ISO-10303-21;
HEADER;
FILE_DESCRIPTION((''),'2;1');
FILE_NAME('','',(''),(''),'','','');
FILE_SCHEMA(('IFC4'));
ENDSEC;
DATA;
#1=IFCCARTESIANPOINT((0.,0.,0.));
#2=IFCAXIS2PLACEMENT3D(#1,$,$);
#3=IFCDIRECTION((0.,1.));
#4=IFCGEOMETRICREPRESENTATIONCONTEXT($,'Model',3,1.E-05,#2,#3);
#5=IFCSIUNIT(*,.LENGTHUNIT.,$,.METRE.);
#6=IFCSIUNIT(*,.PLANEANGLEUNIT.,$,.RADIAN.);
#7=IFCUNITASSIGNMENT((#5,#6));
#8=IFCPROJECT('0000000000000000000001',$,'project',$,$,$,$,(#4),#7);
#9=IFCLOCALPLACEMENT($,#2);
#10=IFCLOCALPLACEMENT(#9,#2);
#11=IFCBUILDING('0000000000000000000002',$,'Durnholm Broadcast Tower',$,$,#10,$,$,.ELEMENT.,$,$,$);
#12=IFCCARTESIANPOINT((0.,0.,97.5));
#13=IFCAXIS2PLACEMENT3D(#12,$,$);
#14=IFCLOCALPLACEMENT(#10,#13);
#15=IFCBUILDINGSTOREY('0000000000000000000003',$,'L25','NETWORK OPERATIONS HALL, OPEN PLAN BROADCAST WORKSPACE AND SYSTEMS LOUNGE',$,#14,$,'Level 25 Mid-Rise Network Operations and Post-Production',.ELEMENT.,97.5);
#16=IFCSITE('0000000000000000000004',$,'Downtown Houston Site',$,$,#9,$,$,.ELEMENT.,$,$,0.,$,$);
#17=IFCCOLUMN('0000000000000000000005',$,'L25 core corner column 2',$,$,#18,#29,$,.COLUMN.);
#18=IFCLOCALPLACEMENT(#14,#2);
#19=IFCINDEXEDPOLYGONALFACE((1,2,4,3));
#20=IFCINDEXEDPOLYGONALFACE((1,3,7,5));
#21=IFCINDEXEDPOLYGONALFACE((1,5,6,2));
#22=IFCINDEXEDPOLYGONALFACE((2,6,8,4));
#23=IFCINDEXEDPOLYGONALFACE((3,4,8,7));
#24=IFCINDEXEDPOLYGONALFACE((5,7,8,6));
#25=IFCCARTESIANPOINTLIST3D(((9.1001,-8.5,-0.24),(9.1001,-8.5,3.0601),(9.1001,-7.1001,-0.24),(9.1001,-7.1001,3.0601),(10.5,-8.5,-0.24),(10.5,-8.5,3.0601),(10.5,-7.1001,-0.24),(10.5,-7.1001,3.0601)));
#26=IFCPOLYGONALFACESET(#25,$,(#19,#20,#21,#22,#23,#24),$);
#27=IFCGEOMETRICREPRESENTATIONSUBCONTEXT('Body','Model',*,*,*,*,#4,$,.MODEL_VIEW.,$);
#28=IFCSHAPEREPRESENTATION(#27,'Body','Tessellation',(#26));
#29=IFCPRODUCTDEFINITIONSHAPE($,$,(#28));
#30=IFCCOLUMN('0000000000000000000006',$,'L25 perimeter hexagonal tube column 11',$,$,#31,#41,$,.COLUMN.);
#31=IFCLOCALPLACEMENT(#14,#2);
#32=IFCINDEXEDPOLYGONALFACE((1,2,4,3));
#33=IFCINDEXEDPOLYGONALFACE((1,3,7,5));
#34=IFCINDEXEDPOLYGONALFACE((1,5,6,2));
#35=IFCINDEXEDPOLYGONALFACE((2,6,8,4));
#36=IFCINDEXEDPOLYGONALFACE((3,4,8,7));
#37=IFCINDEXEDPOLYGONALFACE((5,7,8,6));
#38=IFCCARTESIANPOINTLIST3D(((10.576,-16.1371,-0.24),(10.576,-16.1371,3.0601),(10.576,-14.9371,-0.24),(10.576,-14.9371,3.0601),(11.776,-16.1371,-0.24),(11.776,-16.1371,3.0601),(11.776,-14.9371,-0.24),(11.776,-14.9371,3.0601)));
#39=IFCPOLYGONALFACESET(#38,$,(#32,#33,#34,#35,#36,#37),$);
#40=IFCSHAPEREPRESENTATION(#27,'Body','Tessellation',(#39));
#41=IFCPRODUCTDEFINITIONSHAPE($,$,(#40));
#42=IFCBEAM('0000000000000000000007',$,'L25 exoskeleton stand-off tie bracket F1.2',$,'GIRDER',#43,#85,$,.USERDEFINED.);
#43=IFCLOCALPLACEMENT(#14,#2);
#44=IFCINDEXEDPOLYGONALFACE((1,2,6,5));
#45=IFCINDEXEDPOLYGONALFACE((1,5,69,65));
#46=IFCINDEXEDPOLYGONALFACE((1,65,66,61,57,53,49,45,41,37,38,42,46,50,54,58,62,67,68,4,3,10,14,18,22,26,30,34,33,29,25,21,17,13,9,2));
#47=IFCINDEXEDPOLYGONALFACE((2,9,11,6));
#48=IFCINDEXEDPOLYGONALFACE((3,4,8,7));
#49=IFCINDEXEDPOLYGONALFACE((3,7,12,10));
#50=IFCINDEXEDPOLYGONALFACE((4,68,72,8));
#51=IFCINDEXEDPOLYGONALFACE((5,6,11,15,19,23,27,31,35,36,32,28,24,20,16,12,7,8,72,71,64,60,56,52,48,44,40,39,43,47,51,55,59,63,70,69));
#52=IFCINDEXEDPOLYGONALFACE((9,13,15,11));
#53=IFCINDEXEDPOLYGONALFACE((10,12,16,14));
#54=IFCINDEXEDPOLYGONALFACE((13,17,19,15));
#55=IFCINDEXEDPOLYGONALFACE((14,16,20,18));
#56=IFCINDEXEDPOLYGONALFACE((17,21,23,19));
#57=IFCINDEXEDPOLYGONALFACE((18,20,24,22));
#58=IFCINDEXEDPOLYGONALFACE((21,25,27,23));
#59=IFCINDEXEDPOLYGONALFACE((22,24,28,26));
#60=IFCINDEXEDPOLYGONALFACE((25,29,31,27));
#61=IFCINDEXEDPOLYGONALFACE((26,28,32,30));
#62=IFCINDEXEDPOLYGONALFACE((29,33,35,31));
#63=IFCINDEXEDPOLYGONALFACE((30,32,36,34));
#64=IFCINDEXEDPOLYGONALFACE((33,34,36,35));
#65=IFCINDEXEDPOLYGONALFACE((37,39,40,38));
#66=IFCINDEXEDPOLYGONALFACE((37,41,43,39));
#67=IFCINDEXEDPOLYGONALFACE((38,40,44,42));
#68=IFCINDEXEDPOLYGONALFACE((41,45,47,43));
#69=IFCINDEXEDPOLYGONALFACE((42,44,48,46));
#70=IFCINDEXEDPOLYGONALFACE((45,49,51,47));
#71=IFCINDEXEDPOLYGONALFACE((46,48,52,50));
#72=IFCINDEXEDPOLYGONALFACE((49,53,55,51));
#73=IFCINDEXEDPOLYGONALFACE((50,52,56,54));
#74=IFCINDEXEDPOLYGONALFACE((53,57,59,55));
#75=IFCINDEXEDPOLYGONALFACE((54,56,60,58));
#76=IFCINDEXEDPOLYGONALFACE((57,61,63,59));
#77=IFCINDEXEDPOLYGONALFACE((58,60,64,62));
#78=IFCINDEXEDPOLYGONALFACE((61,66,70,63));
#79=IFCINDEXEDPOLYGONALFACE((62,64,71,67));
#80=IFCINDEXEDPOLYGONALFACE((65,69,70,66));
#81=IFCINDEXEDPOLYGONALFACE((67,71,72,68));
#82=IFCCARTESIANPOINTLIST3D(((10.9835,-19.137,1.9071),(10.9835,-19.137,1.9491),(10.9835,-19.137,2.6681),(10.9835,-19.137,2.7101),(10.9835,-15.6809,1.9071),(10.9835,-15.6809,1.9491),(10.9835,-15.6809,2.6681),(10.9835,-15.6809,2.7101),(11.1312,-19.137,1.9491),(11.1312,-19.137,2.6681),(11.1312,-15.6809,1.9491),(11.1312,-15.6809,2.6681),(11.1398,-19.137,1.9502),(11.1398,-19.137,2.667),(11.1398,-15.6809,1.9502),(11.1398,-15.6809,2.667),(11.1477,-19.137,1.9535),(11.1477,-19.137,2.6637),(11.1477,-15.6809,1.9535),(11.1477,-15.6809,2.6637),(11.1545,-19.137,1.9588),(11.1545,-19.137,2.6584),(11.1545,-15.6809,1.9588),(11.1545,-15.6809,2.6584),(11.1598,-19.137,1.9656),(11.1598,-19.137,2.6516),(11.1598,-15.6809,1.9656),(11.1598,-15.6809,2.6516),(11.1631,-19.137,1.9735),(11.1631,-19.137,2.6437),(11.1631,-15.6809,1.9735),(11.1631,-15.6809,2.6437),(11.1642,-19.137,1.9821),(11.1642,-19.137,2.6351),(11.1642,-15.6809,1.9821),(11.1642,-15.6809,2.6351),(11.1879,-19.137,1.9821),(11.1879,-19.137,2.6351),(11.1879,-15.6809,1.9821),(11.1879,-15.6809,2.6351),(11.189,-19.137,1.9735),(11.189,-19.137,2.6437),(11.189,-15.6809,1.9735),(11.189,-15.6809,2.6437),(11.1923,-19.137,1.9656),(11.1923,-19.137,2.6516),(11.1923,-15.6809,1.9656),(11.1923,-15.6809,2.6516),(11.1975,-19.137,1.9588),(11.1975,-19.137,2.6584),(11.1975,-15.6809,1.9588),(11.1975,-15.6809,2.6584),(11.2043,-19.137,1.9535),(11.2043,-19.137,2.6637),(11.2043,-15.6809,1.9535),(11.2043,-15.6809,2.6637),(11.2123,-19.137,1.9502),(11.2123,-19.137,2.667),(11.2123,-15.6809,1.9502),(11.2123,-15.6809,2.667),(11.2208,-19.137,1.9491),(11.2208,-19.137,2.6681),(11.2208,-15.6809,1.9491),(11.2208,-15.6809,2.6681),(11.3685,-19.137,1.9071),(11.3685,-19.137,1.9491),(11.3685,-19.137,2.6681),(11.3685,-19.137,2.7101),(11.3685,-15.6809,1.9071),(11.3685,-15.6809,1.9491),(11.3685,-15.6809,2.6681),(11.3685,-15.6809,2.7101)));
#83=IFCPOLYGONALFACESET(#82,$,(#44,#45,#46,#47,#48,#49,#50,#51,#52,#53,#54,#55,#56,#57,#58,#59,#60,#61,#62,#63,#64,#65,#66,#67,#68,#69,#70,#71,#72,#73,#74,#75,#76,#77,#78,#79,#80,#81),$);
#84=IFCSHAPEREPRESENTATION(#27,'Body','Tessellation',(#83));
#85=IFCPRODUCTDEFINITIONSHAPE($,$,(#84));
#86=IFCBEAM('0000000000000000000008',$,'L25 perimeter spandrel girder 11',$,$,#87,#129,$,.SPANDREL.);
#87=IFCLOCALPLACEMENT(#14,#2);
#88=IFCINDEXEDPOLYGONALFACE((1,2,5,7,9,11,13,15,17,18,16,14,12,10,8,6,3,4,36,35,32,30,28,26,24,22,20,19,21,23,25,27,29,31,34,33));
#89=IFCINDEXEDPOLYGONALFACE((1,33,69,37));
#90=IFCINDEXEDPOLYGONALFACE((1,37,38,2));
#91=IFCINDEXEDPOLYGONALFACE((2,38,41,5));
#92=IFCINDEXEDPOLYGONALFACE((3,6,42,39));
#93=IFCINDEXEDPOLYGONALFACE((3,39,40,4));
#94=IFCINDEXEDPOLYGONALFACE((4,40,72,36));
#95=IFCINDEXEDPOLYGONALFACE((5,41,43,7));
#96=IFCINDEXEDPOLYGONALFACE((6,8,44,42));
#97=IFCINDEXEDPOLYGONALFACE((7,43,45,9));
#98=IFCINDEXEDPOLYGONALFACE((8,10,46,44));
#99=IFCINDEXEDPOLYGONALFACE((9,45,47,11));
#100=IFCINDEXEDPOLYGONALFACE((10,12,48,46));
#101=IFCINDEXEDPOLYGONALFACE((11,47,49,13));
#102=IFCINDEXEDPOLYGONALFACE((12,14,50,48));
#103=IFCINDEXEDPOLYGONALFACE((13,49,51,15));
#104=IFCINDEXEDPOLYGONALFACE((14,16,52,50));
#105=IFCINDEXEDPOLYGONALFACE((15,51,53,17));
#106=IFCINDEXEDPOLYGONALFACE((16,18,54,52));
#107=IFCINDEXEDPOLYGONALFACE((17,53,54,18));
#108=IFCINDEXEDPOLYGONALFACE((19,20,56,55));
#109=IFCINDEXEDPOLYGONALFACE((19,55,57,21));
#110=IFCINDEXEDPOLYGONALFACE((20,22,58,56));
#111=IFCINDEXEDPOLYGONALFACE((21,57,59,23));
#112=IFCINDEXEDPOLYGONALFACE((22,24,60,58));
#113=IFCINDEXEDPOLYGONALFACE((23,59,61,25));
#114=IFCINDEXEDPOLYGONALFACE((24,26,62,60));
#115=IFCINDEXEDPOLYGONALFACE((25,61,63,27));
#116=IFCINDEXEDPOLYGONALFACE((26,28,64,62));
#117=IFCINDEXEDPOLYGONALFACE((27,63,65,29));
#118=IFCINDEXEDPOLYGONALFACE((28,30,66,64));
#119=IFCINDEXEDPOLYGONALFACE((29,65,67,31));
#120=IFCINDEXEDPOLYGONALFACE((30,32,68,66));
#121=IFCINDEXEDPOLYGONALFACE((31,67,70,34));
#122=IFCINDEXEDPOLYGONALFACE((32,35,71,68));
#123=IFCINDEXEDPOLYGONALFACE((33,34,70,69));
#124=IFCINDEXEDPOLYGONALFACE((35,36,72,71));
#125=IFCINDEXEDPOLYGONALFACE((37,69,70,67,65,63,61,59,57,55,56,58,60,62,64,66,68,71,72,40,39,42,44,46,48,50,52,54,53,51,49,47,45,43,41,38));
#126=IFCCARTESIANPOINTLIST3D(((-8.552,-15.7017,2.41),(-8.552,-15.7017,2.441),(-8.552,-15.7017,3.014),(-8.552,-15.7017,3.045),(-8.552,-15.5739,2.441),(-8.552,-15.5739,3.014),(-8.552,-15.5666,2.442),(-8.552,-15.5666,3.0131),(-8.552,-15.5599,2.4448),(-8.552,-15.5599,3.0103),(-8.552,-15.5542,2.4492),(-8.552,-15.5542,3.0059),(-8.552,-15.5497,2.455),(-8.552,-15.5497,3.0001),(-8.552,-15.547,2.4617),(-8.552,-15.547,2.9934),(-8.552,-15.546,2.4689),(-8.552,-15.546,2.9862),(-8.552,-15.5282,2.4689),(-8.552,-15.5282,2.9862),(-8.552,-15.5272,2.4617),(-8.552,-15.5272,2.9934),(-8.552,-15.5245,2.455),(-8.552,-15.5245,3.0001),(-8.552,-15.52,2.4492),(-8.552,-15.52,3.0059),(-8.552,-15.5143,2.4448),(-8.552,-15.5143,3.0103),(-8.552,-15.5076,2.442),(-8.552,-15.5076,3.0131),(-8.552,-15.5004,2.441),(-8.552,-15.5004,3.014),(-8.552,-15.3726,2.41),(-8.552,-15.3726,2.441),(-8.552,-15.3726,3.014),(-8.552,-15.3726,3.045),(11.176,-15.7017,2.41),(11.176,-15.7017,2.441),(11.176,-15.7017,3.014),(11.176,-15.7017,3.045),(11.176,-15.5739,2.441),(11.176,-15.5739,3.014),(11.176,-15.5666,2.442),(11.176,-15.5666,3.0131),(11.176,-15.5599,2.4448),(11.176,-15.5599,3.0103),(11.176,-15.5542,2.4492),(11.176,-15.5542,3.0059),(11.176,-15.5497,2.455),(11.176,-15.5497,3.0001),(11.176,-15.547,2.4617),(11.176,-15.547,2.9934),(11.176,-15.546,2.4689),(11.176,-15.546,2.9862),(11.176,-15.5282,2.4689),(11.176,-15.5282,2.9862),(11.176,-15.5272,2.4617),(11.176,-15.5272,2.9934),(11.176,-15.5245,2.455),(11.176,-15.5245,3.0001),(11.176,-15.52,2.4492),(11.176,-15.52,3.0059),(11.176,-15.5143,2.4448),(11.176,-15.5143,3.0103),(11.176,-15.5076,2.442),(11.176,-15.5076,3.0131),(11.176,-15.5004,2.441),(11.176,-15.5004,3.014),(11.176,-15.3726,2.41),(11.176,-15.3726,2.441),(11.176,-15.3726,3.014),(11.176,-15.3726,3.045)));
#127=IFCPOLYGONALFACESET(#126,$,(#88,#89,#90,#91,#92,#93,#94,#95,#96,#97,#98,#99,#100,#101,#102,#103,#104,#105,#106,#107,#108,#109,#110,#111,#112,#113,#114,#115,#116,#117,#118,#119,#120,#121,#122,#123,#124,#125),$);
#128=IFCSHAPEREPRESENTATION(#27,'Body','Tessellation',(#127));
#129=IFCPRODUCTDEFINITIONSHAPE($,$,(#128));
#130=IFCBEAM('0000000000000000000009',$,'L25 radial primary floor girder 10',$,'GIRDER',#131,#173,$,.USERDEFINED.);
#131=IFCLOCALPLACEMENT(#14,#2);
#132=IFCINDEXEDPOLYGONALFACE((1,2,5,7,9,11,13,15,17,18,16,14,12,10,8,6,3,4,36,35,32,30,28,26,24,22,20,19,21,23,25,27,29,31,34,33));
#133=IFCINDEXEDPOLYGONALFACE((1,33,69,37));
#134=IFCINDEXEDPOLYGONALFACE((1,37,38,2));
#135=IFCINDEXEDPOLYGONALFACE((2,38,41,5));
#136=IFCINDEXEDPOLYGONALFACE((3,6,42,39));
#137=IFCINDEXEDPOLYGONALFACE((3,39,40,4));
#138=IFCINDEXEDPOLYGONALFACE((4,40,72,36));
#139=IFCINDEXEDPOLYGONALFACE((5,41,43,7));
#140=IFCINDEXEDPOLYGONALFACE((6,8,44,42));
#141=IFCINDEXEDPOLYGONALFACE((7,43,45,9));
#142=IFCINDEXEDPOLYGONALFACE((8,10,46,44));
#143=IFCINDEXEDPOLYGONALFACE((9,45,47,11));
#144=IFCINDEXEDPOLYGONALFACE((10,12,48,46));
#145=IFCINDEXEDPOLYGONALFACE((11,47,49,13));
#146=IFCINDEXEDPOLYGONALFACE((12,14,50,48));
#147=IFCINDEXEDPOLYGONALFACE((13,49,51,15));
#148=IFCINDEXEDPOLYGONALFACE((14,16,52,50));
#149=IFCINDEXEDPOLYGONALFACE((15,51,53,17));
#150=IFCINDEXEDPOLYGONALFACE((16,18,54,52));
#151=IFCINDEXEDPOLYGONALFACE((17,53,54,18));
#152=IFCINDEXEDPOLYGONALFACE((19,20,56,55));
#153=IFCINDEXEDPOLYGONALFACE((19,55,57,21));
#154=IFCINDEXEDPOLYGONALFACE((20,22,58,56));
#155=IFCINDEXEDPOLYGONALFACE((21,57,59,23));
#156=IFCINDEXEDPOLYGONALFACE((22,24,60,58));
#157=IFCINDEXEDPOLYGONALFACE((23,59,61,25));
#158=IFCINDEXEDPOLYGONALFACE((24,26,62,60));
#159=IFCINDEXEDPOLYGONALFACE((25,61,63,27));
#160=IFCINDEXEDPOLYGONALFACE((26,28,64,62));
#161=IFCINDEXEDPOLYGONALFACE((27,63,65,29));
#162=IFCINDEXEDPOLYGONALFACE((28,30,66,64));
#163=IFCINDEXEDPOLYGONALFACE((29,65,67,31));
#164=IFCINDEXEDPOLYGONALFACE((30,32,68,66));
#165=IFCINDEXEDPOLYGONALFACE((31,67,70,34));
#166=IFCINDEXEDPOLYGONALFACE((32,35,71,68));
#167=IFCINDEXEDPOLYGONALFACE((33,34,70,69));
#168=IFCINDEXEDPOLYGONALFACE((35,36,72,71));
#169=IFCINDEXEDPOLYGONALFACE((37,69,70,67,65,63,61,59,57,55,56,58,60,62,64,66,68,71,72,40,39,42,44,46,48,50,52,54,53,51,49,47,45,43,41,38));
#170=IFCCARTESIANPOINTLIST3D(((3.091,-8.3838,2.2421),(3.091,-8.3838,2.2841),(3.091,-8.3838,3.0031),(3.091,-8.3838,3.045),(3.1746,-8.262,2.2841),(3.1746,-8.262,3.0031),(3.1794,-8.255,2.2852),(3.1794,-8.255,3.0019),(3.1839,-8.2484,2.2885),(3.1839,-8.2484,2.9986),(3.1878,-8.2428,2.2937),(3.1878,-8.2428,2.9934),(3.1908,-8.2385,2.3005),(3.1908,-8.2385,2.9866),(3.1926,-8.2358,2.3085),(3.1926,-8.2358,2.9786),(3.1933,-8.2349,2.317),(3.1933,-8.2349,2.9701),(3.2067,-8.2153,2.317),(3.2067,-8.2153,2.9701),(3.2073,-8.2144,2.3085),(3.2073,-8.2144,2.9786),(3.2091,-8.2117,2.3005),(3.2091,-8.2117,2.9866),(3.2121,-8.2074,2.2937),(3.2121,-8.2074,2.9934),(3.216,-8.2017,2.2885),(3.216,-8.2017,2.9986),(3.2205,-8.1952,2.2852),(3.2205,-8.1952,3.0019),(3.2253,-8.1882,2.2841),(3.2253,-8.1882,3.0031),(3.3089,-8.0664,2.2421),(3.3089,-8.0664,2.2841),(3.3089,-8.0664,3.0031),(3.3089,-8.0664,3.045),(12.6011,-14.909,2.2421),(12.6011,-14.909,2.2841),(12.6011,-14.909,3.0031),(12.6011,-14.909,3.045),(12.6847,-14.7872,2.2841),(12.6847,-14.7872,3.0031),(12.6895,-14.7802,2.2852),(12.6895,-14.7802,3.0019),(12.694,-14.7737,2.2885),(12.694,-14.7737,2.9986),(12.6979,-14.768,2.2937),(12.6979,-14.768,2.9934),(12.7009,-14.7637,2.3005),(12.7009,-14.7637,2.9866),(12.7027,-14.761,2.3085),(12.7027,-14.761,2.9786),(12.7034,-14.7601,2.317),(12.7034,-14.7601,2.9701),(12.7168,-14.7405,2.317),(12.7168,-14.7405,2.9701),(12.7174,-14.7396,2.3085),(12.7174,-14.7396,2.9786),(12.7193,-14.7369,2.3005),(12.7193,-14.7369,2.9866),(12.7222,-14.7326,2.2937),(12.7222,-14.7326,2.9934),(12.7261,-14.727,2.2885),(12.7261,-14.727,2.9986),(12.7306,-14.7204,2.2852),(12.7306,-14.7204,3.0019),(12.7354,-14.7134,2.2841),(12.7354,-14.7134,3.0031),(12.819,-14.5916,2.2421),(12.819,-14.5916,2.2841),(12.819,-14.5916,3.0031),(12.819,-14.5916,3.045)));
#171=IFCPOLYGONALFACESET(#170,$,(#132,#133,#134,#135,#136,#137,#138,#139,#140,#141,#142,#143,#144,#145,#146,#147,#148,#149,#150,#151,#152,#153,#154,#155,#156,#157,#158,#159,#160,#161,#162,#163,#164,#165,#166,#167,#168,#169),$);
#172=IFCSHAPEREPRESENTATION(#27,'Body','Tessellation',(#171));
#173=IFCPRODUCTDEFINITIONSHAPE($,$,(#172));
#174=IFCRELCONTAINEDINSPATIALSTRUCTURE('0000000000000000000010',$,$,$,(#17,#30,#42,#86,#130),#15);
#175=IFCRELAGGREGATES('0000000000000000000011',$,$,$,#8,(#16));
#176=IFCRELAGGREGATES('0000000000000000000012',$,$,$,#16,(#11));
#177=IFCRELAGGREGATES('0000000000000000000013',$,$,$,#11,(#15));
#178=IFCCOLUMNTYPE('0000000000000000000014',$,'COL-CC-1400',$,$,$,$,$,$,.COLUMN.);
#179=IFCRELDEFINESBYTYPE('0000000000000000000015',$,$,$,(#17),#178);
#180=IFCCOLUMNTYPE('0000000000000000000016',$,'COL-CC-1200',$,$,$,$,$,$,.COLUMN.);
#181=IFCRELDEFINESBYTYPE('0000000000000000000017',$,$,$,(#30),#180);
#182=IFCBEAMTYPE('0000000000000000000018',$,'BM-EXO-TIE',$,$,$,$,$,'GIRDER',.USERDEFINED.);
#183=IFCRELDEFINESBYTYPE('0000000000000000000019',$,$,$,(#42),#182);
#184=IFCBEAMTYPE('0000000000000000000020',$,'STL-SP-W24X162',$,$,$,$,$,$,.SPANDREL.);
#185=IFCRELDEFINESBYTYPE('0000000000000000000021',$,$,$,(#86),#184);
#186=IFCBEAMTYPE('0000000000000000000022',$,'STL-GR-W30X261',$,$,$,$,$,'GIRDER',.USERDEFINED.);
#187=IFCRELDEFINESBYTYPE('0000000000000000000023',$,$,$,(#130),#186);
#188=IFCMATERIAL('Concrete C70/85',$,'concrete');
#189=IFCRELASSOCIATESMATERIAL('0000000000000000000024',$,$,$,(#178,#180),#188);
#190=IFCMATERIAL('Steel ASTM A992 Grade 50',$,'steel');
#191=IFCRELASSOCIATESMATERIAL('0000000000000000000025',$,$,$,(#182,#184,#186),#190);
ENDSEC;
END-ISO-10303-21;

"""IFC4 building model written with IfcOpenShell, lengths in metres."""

from ifc_helpers import new_model, si_unit, direction, frame, origin, origin_2d, place, context, subcontext, project, spatial, rectangle, i_section, extrude, source, transform, mapped, material, material_profile, profile_set, type_object, type_shapes, element, save


model = new_model("IFC4")

# Units and contexts
model_context = context("Model", 3, precision=1e-05, world=origin(), true_north=direction((0.0, 1.0)))
body_context = subcontext(model_context, "Body", "Model", "MODEL_VIEW")
ifc_project = project(units=[si_unit("LENGTHUNIT", "METRE"), si_unit("PLANEANGLEUNIT", "RADIAN")], contexts=[model_context])

# Site, building, storey
site_placement = place(None, origin())
site = spatial("IfcSite", under=ifc_project, at=site_placement, Name="Downtown Houston Site", CompositionType="ELEMENT", RefElevation=0.0)
building_placement = place(site_placement, origin())
building = spatial("IfcBuilding", under=site, at=building_placement, Name="Durnholm Broadcast Tower", CompositionType="ELEMENT")
storey_placement = place(building_placement, frame((0.0, 0.0, 97.5)))
storey = spatial("IfcBuildingStorey", under=building, at=storey_placement, Name="L25", Description="NETWORK OPERATIONS HALL, OPEN PLAN BROADCAST WORKSPACE AND SYSTEMS LOUNGE", LongName="Level 25 Mid-Rise Network Operations and Post-Production", CompositionType="ELEMENT", Elevation=97.5)

# Columns
ifc_material_1 = material(Name="Concrete C70/85", Category="concrete")
ifc_material_profile_1 = material_profile(ifc_material_1, rectangle(XDim=1.3999, YDim=1.3999, at=origin_2d()), Name="RC1400X1400")
ifc_profile_set_1 = profile_set([ifc_material_profile_1], Name="Concrete C70/85")
column_type_1 = type_object("IfcColumnType", Name="COL-CC-1400", PredefinedType="COLUMN", material=ifc_profile_set_1)
shared_shape_1 = source(origin(), body_context, "Body", "SweptSolid", [
    extrude(rectangle(XDim=1.3999, YDim=1.3999, at=origin_2d()), origin(), (0.0, 0.0, 1.0), 3.3),
])
type_shapes(column_type_1, [shared_shape_1])
column_1_placement = place(storey_placement, frame((9.8, -7.8, -0.24), z_axis=(0.0, 0.0, 1.0), x_axis=(1.0, 0.0, 0.0)))
element("IfcColumn", 1, at=column_1_placement, inside=storey, type_object=column_type_1, Name="L25 core corner column 2", PredefinedType="COLUMN", context=body_context, shape_type="MappedRepresentation", body=[
    mapped(shared_shape_1, transform((0.0, 0.0, 0.0), x_axis=(1.0, 0.0, 0.0), y_axis=(0.0, 1.0, 0.0), z_axis=(0.0, 0.0, 1.0), scale=1.0)),
])
ifc_material_profile_2 = material_profile(ifc_material_1, rectangle(XDim=1.2, YDim=1.2, at=origin_2d()), Name="RC1200X1200")
ifc_profile_set_2 = profile_set([ifc_material_profile_2], Name="Concrete C70/85")
column_type_2 = type_object("IfcColumnType", Name="COL-CC-1200", PredefinedType="COLUMN", material=ifc_profile_set_2)
shared_shape_2 = source(origin(), body_context, "Body", "SweptSolid", [
    extrude(rectangle(XDim=1.2, YDim=1.2, at=origin_2d()), origin(), (0.0, 0.0, 1.0), 3.3),
])
type_shapes(column_type_2, [shared_shape_2])
column_2_placement = place(storey_placement, frame((11.176, -15.5371, -0.24), z_axis=(0.0, 0.0, 1.0), x_axis=(1.0, 0.0, 0.0)))
element("IfcColumn", 2, at=column_2_placement, inside=storey, type_object=column_type_2, Name="L25 perimeter hexagonal tube column 11", PredefinedType="COLUMN", context=body_context, shape_type="MappedRepresentation", body=[
    mapped(shared_shape_2, transform((0.0, 0.0, 0.0), x_axis=(1.0, 0.0, 0.0), y_axis=(0.0, 1.0, 0.0), z_axis=(0.0, 0.0, 1.0), scale=1.0)),
])

# Beams
ifc_material_2 = material(Name="Steel ASTM A992 Grade 50", Category="steel")
ifc_material_profile_3 = material_profile(ifc_material_2, i_section(OverallWidth=0.385, OverallDepth=0.803, WebThickness=0.0237, FlangeThickness=0.042, FilletRadius=0.033, at=origin_2d()), Name="W30X261")
ifc_profile_set_3 = profile_set([ifc_material_profile_3], Name="Steel ASTM A992 Grade 50")
beam_type_1 = type_object("IfcBeamType", Name="BM-EXO-TIE", ElementType="GIRDER", PredefinedType="USERDEFINED", material=ifc_profile_set_3)
shared_shape_3 = source(origin(), body_context, "Body", "SweptSolid", [
    extrude(i_section(OverallWidth=0.385, OverallDepth=0.803, WebThickness=0.0237, FlangeThickness=0.042, FilletRadius=0.033, at=origin_2d()), origin(), (0.0, 0.0, 1.0), 3.4561),
])
type_shapes(beam_type_1, [shared_shape_3])
beam_1_placement = place(storey_placement, frame((11.176, -15.6809, 2.3086), z_axis=(0.0, -1.0, 0.0), x_axis=(1.0, 0.0, 0.0)))
element("IfcBeam", 3, at=beam_1_placement, inside=storey, type_object=beam_type_1, Name="L25 exoskeleton stand-off tie bracket F1.2", ObjectType="GIRDER", PredefinedType="USERDEFINED", context=body_context, shape_type="MappedRepresentation", body=[
    mapped(shared_shape_3, transform((0.0, 0.0, 0.0), x_axis=(1.0, 0.0, 0.0), y_axis=(0.0, 1.0, 0.0), z_axis=(0.0, 0.0, 1.0), scale=1.0)),
])
ifc_material_profile_4 = material_profile(ifc_material_2, i_section(OverallWidth=0.3291, OverallDepth=0.635, WebThickness=0.0178, FlangeThickness=0.031, FilletRadius=0.0278, at=origin_2d()), Name="W24X162")
ifc_profile_set_4 = profile_set([ifc_material_profile_4], Name="Steel ASTM A992 Grade 50")
beam_type_2 = type_object("IfcBeamType", Name="STL-SP-W24X162", PredefinedType="SPANDREL", material=ifc_profile_set_4)
shared_shape_4 = source(origin(), body_context, "Body", "SweptSolid", [
    extrude(i_section(OverallWidth=0.3291, OverallDepth=0.635, WebThickness=0.0178, FlangeThickness=0.031, FilletRadius=0.0278, at=origin_2d()), origin(), (0.0, 0.0, 1.0), 19.728),
])
type_shapes(beam_type_2, [shared_shape_4])
beam_2_placement = place(storey_placement, frame((11.176, -15.5371, 2.7275), z_axis=(-1.0, 0.0, 0.0), x_axis=(0.0, -1.0, 0.0)))
element("IfcBeam", 4, at=beam_2_placement, inside=storey, type_object=beam_type_2, Name="L25 perimeter spandrel girder 11", PredefinedType="SPANDREL", context=body_context, shape_type="MappedRepresentation", body=[
    mapped(shared_shape_4, transform((0.0, 0.0, 0.0), x_axis=(1.0, 0.0, 0.0), y_axis=(0.0, 1.0, 0.0), z_axis=(0.0, 0.0, 1.0), scale=1.0)),
])
ifc_material_profile_5 = material_profile(ifc_material_2, i_section(OverallWidth=0.385, OverallDepth=0.803, WebThickness=0.0237, FlangeThickness=0.042, FilletRadius=0.033, at=origin_2d()), Name="W30X261")
ifc_profile_set_5 = profile_set([ifc_material_profile_5], Name="Steel ASTM A992 Grade 50")
beam_type_3 = type_object("IfcBeamType", Name="STL-GR-W30X261", ElementType="GIRDER", PredefinedType="USERDEFINED", material=ifc_profile_set_5)
shared_shape_5 = source(origin(), body_context, "Body", "SweptSolid", [
    extrude(i_section(OverallWidth=0.385, OverallDepth=0.803, WebThickness=0.0237, FlangeThickness=0.042, FilletRadius=0.033, at=origin_2d()), origin(), (0.0, 0.0, 1.0), 11.5334),
])
beam_3_placement = place(storey_placement, frame((3.2, -8.2251, 2.6436), z_axis=(0.824567, -0.565764, 0.0), x_axis=(0.565764, 0.824567, 0.0)))
element("IfcBeam", 5, at=beam_3_placement, inside=storey, type_object=beam_type_3, Name="L25 radial primary floor girder 10", ObjectType="GIRDER", PredefinedType="USERDEFINED", context=body_context, shape_type="MappedRepresentation", body=[
    mapped(shared_shape_5, transform((0.0, 0.0, 0.0), x_axis=(1.0, 0.0, 0.0), y_axis=(0.0, 1.0, 0.0), z_axis=(0.0, 0.0, 1.0), scale=1.0)),
])

save(model, "model.ifc")
